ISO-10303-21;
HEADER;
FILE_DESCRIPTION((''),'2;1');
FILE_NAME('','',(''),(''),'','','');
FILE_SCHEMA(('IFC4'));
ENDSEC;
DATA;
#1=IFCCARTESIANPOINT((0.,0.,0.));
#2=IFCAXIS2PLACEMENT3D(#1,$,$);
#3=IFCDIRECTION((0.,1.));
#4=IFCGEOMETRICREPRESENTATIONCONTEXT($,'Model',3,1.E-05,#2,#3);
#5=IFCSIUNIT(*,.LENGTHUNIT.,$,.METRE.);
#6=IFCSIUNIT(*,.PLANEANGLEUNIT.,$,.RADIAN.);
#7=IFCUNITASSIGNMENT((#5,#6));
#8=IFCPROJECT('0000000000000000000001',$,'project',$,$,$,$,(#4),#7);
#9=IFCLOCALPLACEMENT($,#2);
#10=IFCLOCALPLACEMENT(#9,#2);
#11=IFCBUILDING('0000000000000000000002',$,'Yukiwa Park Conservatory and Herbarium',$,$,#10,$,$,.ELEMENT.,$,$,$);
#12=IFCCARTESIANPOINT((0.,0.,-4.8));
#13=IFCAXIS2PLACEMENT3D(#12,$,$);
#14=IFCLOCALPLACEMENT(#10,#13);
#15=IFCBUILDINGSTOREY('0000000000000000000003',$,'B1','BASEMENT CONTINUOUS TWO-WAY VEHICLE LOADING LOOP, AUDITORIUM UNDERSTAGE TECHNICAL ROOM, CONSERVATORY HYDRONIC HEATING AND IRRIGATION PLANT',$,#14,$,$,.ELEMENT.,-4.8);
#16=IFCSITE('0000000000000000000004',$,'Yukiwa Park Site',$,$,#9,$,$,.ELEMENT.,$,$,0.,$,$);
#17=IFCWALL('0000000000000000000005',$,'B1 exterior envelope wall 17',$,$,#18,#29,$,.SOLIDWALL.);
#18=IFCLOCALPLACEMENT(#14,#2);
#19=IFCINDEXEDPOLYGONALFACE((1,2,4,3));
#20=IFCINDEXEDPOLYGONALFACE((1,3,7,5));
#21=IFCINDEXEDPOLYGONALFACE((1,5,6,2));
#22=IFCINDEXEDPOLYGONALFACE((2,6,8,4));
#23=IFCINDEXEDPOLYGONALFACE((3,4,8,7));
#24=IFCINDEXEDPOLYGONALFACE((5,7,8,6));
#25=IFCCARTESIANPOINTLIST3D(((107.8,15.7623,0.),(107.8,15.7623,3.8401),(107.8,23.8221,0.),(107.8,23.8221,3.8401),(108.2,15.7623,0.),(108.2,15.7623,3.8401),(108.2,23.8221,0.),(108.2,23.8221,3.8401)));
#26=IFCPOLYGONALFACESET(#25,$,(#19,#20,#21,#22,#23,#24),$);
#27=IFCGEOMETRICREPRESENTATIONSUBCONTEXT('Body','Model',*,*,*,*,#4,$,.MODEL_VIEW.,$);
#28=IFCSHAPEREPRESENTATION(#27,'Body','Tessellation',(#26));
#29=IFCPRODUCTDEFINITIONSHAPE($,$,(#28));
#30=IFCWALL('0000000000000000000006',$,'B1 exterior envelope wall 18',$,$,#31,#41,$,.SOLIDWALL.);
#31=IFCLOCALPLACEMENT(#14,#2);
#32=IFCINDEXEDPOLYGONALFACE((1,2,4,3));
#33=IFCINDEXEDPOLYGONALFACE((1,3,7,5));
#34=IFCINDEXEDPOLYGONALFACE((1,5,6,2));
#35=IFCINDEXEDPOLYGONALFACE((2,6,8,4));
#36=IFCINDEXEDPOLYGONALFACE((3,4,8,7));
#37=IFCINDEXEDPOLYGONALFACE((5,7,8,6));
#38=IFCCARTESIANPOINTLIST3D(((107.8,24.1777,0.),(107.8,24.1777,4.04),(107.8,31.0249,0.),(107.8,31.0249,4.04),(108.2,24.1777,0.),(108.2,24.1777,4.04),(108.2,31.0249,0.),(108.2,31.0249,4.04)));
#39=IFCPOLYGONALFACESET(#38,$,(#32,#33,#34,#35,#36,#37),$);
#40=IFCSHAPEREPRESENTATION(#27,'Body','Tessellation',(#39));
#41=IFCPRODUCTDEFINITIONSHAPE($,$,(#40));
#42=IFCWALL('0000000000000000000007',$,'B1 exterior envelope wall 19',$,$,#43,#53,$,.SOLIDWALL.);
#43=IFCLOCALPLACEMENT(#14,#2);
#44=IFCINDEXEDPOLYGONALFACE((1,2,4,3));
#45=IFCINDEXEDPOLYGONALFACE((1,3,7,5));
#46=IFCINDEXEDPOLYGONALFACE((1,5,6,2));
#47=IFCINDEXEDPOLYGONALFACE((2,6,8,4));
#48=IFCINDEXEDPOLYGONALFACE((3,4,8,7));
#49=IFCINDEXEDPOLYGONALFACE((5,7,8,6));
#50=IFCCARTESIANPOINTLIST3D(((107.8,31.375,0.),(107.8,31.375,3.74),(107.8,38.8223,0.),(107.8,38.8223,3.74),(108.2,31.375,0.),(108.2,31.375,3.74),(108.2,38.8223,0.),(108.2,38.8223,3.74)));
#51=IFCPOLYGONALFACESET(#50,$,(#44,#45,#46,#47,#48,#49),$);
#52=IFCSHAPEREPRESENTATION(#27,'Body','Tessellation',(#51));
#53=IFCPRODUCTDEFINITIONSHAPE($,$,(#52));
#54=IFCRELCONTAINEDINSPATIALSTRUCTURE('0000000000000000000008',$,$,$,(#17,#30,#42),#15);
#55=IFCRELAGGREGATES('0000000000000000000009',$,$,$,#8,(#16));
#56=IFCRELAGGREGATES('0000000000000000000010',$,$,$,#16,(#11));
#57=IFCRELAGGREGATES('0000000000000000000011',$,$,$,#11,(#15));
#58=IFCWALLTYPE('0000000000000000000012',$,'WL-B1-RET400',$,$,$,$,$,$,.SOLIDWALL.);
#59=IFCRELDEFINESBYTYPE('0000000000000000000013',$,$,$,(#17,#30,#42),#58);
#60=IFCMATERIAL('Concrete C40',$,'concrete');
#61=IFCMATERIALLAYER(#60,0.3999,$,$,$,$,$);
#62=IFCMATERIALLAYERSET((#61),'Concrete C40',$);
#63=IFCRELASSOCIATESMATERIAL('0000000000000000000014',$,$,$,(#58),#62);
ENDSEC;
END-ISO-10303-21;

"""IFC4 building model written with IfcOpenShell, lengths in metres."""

from ifc_helpers import new_model, si_unit, direction, frame, frame_2d, origin, place, context, subcontext, project, spatial, rectangle, extrude, material, layer, layer_set, type_object, element, save


model = new_model("IFC4")

# Units and contexts
model_context = context("Model", 3, precision=1e-05, world=origin(), true_north=direction((0.0, 1.0)))
body_context = subcontext(model_context, "Body", "Model", "MODEL_VIEW")
ifc_project = project(units=[si_unit("LENGTHUNIT", "METRE"), si_unit("PLANEANGLEUNIT", "RADIAN")], contexts=[model_context])

# Site, building, storey
site_placement = place(None, origin())
site = spatial("IfcSite", under=ifc_project, at=site_placement, Name="Yukiwa Park Site", CompositionType="ELEMENT", RefElevation=0.0)
building_placement = place(site_placement, origin())
building = spatial("IfcBuilding", under=site, at=building_placement, Name="Yukiwa Park Conservatory and Herbarium", CompositionType="ELEMENT")
storey_placement = place(building_placement, frame((0.0, 0.0, -4.8)))
storey = spatial("IfcBuildingStorey", under=building, at=storey_placement, Name="B1", Description="BASEMENT CONTINUOUS TWO-WAY VEHICLE LOADING LOOP, AUDITORIUM UNDERSTAGE TECHNICAL ROOM, CONSERVATORY HYDRONIC HEATING AND IRRIGATION PLANT", CompositionType="ELEMENT", Elevation=-4.8)

# Walls
ifc_material_1 = material(Name="Concrete C40", Category="concrete")
ifc_layer = layer(ifc_material_1, 0.3999)
ifc_layer_set = layer_set([ifc_layer], Name="Concrete C40")
wall_type = type_object("IfcWallType", Name="WL-B1-RET400", PredefinedType="SOLIDWALL", material=ifc_layer_set)
wall_1_placement = place(storey_placement, frame((108.0, 15.7625, 0.0), z_axis=(0.0, 0.0, 1.0), x_axis=(0.0, 1.0, 0.0)))
element("IfcWall", 1, at=wall_1_placement, inside=storey, type_object=wall_type, Name="B1 exterior envelope wall 17", PredefinedType="SOLIDWALL", context=body_context, shape_type="SweptSolid", body=[
    extrude(rectangle(XDim=8.0598, YDim=0.3999, at=frame_2d((4.0298, 0.0))), origin(), (0.0, 0.0, 1.0), 3.8401),
])
wall_2_placement = place(storey_placement, frame((108.0, 24.1777, 0.0), z_axis=(0.0, 0.0, 1.0), x_axis=(0.0, 1.0, 0.0)))
element("IfcWall", 2, at=wall_2_placement, inside=storey, type_object=wall_type, Name="B1 exterior envelope wall 18", PredefinedType="SOLIDWALL", context=body_context, shape_type="SweptSolid", body=[
    extrude(rectangle(XDim=6.8472, YDim=0.3999, at=frame_2d((3.4236, 0.0))), origin(), (0.0, 0.0, 1.0), 4.04),
])
wall_3_placement = place(storey_placement, frame((108.0, 31.375, 0.0), z_axis=(0.0, 0.0, 1.0), x_axis=(0.0, 1.0, 0.0)))
element("IfcWall", 3, at=wall_3_placement, inside=storey, type_object=wall_type, Name="B1 exterior envelope wall 19", PredefinedType="SOLIDWALL", context=body_context, shape_type="SweptSolid", body=[
    extrude(rectangle(XDim=7.4473, YDim=0.3999, at=frame_2d((3.7236, 0.0))), origin(), (0.0, 0.0, 1.0), 3.74),
])

save(model, "model.ifc")
